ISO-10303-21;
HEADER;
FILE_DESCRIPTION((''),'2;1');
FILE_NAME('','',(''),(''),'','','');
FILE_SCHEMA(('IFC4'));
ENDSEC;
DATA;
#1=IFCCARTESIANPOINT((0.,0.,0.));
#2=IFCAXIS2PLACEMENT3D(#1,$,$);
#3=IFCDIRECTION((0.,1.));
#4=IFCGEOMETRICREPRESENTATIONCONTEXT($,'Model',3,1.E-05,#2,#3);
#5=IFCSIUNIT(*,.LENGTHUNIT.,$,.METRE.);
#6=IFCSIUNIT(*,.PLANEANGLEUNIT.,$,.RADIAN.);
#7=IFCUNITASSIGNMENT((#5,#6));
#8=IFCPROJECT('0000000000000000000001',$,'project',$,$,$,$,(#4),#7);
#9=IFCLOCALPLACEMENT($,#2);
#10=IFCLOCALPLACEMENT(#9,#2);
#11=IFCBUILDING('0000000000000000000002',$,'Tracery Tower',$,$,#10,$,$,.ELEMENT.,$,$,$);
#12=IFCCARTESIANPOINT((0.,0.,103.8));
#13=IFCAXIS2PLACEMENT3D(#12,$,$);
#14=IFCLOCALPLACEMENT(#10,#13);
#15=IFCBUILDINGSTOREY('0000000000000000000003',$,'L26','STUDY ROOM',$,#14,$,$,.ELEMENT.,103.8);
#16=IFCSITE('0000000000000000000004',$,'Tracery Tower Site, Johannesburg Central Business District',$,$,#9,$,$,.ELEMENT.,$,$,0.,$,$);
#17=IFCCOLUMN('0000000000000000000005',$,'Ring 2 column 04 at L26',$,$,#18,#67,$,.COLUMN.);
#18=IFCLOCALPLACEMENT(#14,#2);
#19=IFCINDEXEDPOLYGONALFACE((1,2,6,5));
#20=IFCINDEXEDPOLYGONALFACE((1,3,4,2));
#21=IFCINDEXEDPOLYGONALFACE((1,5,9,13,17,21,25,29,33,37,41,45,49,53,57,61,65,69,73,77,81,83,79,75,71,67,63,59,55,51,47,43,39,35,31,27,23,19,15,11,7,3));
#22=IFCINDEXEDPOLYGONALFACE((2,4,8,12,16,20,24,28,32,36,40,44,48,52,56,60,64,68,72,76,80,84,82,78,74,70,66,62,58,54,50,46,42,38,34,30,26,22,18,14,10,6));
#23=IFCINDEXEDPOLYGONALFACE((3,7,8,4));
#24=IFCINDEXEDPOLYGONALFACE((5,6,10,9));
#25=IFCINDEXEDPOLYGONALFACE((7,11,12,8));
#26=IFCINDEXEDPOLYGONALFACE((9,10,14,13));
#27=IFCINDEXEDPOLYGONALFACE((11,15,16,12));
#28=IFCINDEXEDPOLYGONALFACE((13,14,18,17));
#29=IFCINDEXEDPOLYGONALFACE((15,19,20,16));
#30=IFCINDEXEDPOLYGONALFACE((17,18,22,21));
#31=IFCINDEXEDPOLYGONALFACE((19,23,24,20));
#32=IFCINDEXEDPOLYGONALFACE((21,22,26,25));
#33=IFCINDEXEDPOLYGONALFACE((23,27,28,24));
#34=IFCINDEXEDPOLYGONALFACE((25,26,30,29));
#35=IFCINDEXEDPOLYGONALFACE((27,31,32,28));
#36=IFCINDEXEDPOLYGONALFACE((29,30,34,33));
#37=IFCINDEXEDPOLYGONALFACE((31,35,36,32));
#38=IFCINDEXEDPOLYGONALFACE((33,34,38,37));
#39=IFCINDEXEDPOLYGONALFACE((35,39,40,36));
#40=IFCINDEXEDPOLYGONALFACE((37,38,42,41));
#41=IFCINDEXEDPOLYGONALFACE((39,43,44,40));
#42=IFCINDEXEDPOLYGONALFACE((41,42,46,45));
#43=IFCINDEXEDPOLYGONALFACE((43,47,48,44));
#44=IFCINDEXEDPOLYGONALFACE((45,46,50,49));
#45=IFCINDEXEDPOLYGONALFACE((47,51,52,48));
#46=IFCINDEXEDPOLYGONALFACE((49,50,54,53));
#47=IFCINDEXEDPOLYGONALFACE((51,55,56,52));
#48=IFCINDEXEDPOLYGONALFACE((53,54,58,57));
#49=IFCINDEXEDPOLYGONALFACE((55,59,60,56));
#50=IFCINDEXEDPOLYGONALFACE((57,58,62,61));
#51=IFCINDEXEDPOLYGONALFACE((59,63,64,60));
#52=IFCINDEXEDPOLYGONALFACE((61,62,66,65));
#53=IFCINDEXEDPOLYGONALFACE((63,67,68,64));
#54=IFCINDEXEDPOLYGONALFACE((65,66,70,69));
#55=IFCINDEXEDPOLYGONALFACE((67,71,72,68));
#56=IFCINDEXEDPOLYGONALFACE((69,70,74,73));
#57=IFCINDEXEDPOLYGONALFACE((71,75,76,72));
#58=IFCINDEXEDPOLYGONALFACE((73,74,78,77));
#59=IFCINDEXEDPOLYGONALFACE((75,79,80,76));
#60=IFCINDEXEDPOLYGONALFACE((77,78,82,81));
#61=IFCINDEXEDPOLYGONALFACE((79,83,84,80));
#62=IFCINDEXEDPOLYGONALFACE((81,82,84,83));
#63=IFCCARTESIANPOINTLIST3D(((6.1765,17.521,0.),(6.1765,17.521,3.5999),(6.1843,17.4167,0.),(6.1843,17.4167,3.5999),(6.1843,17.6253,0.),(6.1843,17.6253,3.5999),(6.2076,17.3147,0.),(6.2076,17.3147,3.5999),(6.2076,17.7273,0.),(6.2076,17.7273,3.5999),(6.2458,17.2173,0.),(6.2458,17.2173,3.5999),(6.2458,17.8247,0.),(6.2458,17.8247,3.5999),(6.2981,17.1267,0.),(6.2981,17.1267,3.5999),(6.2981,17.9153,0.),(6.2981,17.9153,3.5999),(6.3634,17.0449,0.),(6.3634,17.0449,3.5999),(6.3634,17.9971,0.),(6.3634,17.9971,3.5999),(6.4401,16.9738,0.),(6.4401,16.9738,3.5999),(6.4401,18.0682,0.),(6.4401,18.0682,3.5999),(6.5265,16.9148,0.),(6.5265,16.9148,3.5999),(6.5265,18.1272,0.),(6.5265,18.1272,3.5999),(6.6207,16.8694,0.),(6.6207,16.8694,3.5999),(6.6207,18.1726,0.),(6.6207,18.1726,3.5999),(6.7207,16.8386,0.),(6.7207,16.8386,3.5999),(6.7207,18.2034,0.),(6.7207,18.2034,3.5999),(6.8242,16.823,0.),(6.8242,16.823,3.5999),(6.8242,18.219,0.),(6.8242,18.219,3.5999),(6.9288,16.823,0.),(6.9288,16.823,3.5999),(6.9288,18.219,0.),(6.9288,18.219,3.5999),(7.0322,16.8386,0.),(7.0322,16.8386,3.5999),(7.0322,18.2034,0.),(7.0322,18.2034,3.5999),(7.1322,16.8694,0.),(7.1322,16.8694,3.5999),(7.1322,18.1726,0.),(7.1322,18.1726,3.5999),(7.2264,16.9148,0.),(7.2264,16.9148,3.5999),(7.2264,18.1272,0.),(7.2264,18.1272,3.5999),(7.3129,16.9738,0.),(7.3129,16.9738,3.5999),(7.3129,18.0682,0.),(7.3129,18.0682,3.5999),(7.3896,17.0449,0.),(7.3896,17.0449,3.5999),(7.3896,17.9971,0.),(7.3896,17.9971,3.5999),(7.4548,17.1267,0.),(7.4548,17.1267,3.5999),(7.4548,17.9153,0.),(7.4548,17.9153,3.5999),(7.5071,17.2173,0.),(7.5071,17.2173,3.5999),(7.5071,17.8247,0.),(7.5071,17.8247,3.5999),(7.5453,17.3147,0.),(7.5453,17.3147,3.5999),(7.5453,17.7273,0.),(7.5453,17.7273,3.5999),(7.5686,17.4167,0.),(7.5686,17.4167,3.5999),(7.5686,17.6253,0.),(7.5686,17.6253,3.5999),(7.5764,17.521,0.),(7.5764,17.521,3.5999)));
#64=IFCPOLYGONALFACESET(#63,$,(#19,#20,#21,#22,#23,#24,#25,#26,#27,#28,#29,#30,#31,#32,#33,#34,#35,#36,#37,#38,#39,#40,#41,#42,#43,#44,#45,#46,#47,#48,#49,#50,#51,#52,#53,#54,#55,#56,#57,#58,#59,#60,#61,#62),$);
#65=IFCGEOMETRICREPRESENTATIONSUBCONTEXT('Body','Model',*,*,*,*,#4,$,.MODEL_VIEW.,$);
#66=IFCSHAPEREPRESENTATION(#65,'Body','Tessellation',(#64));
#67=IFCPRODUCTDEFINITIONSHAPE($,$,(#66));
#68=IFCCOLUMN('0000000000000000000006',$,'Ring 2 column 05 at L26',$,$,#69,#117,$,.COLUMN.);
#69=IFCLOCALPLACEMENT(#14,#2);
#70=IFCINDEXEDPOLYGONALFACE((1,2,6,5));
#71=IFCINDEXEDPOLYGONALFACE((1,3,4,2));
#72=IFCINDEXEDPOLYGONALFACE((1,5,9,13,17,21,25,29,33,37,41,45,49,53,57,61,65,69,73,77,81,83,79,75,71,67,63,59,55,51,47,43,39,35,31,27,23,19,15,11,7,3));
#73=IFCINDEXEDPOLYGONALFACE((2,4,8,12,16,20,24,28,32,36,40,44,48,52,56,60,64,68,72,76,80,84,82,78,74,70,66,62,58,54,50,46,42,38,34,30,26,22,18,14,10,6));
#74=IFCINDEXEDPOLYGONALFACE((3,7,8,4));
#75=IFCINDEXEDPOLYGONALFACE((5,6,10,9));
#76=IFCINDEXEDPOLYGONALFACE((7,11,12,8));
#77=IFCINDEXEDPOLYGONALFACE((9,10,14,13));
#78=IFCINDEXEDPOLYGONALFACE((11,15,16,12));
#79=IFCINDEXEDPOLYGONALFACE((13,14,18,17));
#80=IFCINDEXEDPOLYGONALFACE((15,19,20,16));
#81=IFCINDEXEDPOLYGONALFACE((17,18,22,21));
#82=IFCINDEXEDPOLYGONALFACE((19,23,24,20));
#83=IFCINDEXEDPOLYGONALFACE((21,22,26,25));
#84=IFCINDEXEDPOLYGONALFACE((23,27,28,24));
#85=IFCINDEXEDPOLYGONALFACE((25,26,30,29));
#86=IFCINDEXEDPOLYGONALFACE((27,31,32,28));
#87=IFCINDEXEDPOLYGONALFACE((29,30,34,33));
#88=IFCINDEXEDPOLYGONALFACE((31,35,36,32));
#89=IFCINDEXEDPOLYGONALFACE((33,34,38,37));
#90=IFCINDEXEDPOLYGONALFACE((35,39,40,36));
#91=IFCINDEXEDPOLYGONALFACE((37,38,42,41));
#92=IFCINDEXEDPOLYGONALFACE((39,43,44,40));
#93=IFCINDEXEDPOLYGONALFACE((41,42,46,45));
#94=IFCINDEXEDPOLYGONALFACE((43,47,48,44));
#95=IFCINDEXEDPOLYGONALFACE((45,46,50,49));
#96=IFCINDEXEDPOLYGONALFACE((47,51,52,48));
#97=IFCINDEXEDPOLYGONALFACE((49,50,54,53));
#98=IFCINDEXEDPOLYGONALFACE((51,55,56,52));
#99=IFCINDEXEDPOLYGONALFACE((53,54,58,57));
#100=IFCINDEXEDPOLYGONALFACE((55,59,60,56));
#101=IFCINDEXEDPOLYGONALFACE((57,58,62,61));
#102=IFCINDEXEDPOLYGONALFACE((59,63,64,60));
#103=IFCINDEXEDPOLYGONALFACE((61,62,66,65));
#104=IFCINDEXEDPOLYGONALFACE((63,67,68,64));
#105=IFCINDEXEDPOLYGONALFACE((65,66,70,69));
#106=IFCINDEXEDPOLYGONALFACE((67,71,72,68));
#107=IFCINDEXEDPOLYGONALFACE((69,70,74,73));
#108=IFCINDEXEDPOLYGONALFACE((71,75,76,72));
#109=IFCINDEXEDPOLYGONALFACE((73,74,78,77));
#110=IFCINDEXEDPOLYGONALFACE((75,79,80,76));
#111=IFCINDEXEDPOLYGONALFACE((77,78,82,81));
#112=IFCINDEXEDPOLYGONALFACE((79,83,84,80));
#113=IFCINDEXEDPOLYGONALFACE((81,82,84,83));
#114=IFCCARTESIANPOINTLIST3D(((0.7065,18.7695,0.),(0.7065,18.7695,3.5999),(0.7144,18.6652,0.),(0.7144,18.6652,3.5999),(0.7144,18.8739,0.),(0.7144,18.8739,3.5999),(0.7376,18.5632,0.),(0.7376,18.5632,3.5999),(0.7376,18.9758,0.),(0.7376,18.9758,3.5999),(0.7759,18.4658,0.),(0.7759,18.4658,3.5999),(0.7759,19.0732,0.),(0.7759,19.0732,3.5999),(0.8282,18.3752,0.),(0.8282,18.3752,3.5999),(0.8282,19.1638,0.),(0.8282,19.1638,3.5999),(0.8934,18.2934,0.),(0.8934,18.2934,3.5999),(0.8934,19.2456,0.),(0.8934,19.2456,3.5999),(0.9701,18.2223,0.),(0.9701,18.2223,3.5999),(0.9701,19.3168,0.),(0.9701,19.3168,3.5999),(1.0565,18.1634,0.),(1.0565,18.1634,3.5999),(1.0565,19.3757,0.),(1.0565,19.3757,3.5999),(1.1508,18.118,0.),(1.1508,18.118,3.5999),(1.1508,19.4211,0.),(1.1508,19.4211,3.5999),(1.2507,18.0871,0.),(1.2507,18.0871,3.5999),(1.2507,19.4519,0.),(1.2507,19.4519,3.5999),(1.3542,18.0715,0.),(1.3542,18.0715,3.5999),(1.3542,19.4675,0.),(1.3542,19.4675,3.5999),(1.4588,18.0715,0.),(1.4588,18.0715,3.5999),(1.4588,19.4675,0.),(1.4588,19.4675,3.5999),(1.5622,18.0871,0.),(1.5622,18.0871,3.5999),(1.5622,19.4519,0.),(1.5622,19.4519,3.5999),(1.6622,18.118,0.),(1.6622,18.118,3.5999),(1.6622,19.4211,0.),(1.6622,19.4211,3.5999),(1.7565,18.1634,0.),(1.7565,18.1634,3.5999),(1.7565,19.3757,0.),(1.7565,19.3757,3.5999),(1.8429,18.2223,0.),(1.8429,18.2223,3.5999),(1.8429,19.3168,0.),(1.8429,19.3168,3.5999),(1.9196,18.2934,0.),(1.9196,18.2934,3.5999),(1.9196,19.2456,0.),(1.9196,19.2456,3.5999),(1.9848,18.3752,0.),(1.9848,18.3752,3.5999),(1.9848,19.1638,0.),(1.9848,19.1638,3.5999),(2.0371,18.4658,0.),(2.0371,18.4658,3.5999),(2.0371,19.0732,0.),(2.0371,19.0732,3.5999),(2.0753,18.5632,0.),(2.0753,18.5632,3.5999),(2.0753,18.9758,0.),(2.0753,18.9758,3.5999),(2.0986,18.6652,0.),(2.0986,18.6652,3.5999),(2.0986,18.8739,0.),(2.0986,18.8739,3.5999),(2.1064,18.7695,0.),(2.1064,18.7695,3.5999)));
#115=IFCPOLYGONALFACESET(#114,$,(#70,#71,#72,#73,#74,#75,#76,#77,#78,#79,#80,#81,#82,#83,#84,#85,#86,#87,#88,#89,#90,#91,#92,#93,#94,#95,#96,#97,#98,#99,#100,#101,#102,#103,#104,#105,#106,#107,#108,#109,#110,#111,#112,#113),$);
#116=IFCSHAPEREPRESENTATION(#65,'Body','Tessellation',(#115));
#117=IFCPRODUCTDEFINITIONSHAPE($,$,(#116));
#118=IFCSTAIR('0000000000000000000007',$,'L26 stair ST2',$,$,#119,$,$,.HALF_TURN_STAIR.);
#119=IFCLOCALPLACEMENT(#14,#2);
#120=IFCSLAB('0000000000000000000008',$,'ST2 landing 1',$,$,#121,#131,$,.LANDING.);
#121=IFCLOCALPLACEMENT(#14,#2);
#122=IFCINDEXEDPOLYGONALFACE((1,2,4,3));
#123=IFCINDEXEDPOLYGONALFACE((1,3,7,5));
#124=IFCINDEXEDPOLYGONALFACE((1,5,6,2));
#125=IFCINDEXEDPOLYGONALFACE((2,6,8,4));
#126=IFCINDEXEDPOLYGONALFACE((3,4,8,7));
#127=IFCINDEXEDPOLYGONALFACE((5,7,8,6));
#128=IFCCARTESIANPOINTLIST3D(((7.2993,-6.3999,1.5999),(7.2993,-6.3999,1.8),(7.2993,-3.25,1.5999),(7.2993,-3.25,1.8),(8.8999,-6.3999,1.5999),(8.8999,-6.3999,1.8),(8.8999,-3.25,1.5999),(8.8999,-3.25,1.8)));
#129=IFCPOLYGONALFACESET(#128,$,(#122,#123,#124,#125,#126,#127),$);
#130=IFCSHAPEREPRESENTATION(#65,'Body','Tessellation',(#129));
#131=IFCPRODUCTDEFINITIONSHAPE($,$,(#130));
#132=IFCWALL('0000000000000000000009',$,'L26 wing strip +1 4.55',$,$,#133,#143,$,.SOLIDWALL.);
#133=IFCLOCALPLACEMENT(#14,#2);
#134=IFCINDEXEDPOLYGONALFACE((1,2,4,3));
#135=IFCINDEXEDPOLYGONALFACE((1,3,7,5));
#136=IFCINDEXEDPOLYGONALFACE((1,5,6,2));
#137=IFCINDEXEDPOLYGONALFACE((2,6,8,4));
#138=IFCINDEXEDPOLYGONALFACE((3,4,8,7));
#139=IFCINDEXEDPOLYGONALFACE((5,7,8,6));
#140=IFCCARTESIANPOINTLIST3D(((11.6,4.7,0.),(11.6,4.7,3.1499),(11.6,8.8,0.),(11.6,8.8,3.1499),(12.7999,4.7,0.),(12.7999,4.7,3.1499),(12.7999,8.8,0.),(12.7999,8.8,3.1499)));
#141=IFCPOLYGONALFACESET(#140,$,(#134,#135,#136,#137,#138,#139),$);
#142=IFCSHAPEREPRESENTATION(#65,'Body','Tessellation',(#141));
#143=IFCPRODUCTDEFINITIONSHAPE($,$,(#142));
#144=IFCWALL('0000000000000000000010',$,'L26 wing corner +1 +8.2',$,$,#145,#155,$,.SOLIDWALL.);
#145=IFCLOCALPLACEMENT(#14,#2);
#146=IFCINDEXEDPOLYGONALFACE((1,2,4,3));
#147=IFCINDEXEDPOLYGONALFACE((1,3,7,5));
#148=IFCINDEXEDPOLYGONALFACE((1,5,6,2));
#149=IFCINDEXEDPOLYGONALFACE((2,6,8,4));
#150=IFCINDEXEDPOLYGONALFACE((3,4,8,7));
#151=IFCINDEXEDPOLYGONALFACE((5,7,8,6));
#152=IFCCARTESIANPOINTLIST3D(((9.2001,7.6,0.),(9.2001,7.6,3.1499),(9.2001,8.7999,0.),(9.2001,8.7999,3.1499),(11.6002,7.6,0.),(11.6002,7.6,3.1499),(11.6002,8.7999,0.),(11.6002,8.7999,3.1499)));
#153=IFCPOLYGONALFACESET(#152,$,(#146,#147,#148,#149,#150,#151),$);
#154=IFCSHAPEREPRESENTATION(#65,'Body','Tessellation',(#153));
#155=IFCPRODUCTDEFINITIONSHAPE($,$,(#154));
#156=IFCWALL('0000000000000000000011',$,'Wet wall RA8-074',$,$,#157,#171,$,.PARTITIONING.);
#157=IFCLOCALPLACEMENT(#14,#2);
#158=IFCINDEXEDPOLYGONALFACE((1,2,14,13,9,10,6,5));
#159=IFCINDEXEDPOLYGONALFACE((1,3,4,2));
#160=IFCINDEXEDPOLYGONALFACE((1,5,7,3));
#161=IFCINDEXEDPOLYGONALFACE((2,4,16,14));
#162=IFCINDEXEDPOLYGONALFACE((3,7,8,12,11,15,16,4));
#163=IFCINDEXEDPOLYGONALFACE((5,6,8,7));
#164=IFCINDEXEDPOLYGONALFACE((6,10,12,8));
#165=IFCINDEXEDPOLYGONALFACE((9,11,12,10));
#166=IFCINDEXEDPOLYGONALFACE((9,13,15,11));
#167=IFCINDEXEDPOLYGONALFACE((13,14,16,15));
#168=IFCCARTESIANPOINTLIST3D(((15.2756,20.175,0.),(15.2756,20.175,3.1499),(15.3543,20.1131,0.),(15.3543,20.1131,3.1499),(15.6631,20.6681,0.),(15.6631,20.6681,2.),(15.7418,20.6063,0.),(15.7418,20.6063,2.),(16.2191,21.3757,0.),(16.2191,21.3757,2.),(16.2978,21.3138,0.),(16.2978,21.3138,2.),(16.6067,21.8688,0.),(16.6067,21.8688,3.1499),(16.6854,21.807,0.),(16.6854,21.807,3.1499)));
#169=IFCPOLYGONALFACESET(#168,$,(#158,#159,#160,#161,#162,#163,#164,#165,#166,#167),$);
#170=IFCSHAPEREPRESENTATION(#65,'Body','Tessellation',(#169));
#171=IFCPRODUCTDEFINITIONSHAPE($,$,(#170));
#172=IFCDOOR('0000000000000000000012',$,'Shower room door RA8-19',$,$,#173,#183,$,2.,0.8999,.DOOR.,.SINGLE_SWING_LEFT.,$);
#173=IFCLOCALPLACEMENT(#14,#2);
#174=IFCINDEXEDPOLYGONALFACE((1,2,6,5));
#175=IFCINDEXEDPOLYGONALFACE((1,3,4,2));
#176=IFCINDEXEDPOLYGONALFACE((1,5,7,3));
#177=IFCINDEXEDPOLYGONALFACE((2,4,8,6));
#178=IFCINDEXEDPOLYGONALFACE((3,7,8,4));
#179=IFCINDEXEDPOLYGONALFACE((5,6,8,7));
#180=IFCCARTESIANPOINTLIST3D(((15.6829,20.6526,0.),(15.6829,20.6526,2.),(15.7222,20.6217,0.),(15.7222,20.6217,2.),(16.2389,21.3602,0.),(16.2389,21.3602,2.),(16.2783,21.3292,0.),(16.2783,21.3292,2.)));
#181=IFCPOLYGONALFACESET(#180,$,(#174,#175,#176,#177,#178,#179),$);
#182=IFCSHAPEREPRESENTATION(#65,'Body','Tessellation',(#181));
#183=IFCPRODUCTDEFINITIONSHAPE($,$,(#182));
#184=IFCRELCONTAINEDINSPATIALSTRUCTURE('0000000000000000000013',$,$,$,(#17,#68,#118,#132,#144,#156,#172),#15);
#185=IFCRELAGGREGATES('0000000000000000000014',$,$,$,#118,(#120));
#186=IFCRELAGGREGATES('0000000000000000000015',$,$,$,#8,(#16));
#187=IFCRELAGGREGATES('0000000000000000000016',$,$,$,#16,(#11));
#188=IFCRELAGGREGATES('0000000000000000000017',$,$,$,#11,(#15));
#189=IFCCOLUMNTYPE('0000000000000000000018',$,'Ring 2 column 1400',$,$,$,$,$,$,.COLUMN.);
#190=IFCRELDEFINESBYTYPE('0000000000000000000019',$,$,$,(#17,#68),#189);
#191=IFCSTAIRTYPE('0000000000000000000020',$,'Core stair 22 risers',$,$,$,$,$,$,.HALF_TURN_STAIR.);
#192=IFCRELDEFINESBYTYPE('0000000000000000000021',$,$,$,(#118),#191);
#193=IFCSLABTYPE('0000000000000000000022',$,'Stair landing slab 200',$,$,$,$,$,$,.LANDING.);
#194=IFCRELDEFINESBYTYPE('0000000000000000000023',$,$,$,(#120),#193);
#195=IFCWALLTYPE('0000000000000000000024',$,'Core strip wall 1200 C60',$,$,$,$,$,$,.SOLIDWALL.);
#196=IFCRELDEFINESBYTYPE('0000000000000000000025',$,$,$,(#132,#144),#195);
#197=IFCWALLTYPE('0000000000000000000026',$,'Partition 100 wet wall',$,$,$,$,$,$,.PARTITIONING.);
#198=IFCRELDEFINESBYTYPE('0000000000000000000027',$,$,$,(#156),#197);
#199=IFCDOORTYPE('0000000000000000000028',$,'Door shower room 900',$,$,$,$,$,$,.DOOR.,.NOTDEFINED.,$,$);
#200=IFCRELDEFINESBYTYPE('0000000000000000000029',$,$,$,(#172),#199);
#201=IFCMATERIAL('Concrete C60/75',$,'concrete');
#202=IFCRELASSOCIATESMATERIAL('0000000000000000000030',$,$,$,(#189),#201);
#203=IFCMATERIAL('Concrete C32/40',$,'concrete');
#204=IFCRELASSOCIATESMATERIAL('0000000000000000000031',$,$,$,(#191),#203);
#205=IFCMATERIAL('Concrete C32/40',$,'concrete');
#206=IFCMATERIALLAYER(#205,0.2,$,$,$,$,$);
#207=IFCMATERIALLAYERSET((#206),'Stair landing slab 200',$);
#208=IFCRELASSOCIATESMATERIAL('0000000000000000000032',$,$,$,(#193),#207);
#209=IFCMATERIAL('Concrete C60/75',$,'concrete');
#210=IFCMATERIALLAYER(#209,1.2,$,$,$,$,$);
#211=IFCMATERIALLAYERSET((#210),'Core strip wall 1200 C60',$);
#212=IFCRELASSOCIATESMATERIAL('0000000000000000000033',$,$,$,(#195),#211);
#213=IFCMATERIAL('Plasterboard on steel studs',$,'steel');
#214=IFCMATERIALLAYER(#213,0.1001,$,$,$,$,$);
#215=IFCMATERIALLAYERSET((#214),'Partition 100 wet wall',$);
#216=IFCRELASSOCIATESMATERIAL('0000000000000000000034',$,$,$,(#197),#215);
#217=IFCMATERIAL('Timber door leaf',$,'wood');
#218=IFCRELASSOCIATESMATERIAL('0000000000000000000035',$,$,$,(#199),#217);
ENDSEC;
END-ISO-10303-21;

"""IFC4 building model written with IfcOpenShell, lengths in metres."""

from ifc_helpers import new_model, si_unit, direction, frame, frame_2d, origin, origin_2d, place, context, subcontext, project, spatial, polyline, rectangle, circle, outline, extrude, material, layer, layer_set, material_profile, profile_set, type_object, element, fill, aggregate, save


model = new_model("IFC4")

# Units and contexts
model_context = context("Model", 3, precision=1e-05, world=origin(), true_north=direction((0.0, 1.0)))
body_context = subcontext(model_context, "Body", "Model", "MODEL_VIEW")
ifc_project = project(units=[si_unit("LENGTHUNIT", "METRE"), si_unit("PLANEANGLEUNIT", "RADIAN")], contexts=[model_context])

# Site, building, storey
site_placement = place(None, origin())
site = spatial("IfcSite", under=ifc_project, at=site_placement, Name="Tracery Tower Site, Johannesburg Central Business District", CompositionType="ELEMENT", RefElevation=0.0)
building_placement = place(site_placement, origin())
building = spatial("IfcBuilding", under=site, at=building_placement, Name="Tracery Tower", CompositionType="ELEMENT")
storey_placement = place(building_placement, frame((0.0, 0.0, 103.8)))
storey = spatial("IfcBuildingStorey", under=building, at=storey_placement, Name="L26", Description="STUDY ROOM", CompositionType="ELEMENT", Elevation=103.8)

# Columns
ifc_material_1 = material(Name="Concrete C60/75", Category="concrete")
ifc_material_profile_1 = material_profile(ifc_material_1, circle(Radius=0.7, at=origin_2d()), Name="RC D1400")
ifc_profile_set_1 = profile_set([ifc_material_profile_1], Name="Concrete C60/75")
column_type_1 = type_object("IfcColumnType", Name="Ring 2 column 1400", PredefinedType="COLUMN", material=ifc_profile_set_1)
for number, where, z_axis, x_axis, name in (
    (1, (6.8765, 17.521, 0.0), (0.0, 0.0, 1.0), (1.0, 0.0, 0.0), "Ring 2 column 04 at L26"),
    (2, (1.4065, 18.7695, 0.0), (0.0, 0.0, 1.0), (1.0, 0.0, 0.0), "Ring 2 column 05 at L26"),
):
    element("IfcColumn", number, at=place(storey_placement, frame(where, z_axis=z_axis, x_axis=x_axis)), inside=storey, type_object=column_type_1, Name=name, PredefinedType="COLUMN", context=body_context, shape_type="SweptSolid", body=[
        extrude(circle(Radius=0.7, at=origin_2d()), origin(), (0.0, 0.0, 1.0), 3.5999),
    ])

# Stair, slab
ifc_material_2 = material(Name="Concrete C32/40", Category="concrete")
stair_type = type_object("IfcStairType", Name="Core stair 22 risers", PredefinedType="HALF_TURN_STAIR", material=ifc_material_2)
stair_placement = place(storey_placement, origin())
stair = element("IfcStair", 3, at=stair_placement, inside=storey, type_object=stair_type, Name="L26 stair ST2", PredefinedType="HALF_TURN_STAIR")
ifc_material_3 = material(Name="Concrete C32/40", Category="concrete")
ifc_layer_1 = layer(ifc_material_3, 0.2)
ifc_layer_set_1 = layer_set([ifc_layer_1], Name="Stair landing slab 200")
slab_type = type_object("IfcSlabType", Name="Stair landing slab 200", PredefinedType="LANDING", material=ifc_layer_set_1)
slab_placement = place(storey_placement, frame((0.0, 0.0, 1.5999)))
slab = element("IfcSlab", 4, at=slab_placement, type_object=slab_type, Name="ST2 landing 1", PredefinedType="LANDING", context=body_context, shape_type="SweptSolid", body=[
    extrude(outline(polyline([(7.2993, -6.3999), (8.8999, -6.3999), (8.8999, -3.25), (7.2993, -3.25), (7.2993, -6.3999)])), origin(), (0.0, 0.0, 1.0), 0.2002),
])
aggregate(stair, [slab])

# Walls
ifc_material_4 = material(Name="Concrete C60/75", Category="concrete")
ifc_layer_2 = layer(ifc_material_4, 1.2)
ifc_layer_set_2 = layer_set([ifc_layer_2], Name="Core strip wall 1200 C60")
wall_type_1 = type_object("IfcWallType", Name="Core strip wall 1200 C60", PredefinedType="SOLIDWALL", material=ifc_layer_set_2)
wall_1_placement = place(storey_placement, frame((12.2, 4.7, 0.0), z_axis=(0.0, 0.0, 1.0), x_axis=(0.0, 1.0, 0.0)))
element("IfcWall", 5, at=wall_1_placement, inside=storey, type_object=wall_type_1, Name="L26 wing strip +1 4.55", PredefinedType="SOLIDWALL", context=body_context, shape_type="SweptSolid", body=[
    extrude(rectangle(XDim=4.1001, YDim=1.2, at=frame_2d((2.05, 0.0))), origin(), (0.0, 0.0, 1.0), 3.1499),
])
wall_2_placement = place(storey_placement, frame((9.2, 8.2, 0.0), z_axis=(0.0, 0.0, 1.0), x_axis=(1.0, 0.0, 0.0)))
element("IfcWall", 6, at=wall_2_placement, inside=storey, type_object=wall_type_1, Name="L26 wing corner +1 +8.2", PredefinedType="SOLIDWALL", context=body_context, shape_type="SweptSolid", body=[
    extrude(rectangle(XDim=2.4001, YDim=1.2, at=frame_2d((1.2002, 0.0))), origin(), (0.0, 0.0, 1.0), 3.1499),
])

# Wall, opening, door
ifc_material_5 = material(Name="Plasterboard on steel studs", Category="steel")
ifc_layer_3 = layer(ifc_material_5, 0.1001)
ifc_layer_set_3 = layer_set([ifc_layer_3], Name="Partition 100 wet wall")
wall_type_2 = type_object("IfcWallType", Name="Partition 100 wet wall", PredefinedType="PARTITIONING", material=ifc_layer_set_3)
wall_3_placement = place(storey_placement, frame((15.3149, 20.144, 0.0), z_axis=(0.0, 0.0, 1.0), x_axis=(0.617872, 0.786279, 0.0)))
wall_3 = element("IfcWall", 7, at=wall_3_placement, inside=storey, type_object=wall_type_2, Name="Wet wall RA8-074", PredefinedType="PARTITIONING", context=body_context, shape_type="SweptSolid", body=[
    extrude(rectangle(XDim=2.1543, YDim=0.1001, at=frame_2d((1.0771, 0.0))), origin(), (0.0, 0.0, 1.0), 3.1499),
])
opening_1_placement = place(wall_3_placement, frame((0.6272, 0.0, 0.0)))
opening_1 = element("IfcOpeningElement", 8, at=opening_1_placement, cuts=wall_3, PredefinedType="OPENING", context=body_context, shape_type="SweptSolid", body=[
    extrude(rectangle(XDim=0.8999, YDim=2.0, at=frame_2d((0.45, 1.0))), frame((0.0, 0.05, 0.0), z_axis=(0.0, -1.0, 0.0), x_axis=(1.0, 0.0, 0.0)), (0.0, 0.0, 1.0), 0.1001),
])
ifc_material_6 = material(Name="Timber door leaf", Category="wood")
door_type_1 = type_object("IfcDoorType", Name="Door shower room 900", OperationType="NOTDEFINED", PredefinedType="DOOR", material=ifc_material_6)
door_1_placement = place(opening_1_placement, origin())
door_1 = element("IfcDoor", 9, at=door_1_placement, inside=storey, type_object=door_type_1, Name="Shower room door RA8-19", OperationType="SINGLE_SWING_LEFT", OverallHeight=2.0, OverallWidth=0.8999, PredefinedType="DOOR", context=body_context, shape_type="SweptSolid", body=[
    extrude(rectangle(XDim=0.8999, YDim=2.0, at=frame_2d((0.45, 1.0))), frame((0.0, 0.0249, 0.0), z_axis=(0.0, -1.0, 0.0), x_axis=(1.0, 0.0, 0.0)), (0.0, 0.0, 1.0), 0.05),
])
fill(opening_1, door_1)

save(model, "model.ifc")
